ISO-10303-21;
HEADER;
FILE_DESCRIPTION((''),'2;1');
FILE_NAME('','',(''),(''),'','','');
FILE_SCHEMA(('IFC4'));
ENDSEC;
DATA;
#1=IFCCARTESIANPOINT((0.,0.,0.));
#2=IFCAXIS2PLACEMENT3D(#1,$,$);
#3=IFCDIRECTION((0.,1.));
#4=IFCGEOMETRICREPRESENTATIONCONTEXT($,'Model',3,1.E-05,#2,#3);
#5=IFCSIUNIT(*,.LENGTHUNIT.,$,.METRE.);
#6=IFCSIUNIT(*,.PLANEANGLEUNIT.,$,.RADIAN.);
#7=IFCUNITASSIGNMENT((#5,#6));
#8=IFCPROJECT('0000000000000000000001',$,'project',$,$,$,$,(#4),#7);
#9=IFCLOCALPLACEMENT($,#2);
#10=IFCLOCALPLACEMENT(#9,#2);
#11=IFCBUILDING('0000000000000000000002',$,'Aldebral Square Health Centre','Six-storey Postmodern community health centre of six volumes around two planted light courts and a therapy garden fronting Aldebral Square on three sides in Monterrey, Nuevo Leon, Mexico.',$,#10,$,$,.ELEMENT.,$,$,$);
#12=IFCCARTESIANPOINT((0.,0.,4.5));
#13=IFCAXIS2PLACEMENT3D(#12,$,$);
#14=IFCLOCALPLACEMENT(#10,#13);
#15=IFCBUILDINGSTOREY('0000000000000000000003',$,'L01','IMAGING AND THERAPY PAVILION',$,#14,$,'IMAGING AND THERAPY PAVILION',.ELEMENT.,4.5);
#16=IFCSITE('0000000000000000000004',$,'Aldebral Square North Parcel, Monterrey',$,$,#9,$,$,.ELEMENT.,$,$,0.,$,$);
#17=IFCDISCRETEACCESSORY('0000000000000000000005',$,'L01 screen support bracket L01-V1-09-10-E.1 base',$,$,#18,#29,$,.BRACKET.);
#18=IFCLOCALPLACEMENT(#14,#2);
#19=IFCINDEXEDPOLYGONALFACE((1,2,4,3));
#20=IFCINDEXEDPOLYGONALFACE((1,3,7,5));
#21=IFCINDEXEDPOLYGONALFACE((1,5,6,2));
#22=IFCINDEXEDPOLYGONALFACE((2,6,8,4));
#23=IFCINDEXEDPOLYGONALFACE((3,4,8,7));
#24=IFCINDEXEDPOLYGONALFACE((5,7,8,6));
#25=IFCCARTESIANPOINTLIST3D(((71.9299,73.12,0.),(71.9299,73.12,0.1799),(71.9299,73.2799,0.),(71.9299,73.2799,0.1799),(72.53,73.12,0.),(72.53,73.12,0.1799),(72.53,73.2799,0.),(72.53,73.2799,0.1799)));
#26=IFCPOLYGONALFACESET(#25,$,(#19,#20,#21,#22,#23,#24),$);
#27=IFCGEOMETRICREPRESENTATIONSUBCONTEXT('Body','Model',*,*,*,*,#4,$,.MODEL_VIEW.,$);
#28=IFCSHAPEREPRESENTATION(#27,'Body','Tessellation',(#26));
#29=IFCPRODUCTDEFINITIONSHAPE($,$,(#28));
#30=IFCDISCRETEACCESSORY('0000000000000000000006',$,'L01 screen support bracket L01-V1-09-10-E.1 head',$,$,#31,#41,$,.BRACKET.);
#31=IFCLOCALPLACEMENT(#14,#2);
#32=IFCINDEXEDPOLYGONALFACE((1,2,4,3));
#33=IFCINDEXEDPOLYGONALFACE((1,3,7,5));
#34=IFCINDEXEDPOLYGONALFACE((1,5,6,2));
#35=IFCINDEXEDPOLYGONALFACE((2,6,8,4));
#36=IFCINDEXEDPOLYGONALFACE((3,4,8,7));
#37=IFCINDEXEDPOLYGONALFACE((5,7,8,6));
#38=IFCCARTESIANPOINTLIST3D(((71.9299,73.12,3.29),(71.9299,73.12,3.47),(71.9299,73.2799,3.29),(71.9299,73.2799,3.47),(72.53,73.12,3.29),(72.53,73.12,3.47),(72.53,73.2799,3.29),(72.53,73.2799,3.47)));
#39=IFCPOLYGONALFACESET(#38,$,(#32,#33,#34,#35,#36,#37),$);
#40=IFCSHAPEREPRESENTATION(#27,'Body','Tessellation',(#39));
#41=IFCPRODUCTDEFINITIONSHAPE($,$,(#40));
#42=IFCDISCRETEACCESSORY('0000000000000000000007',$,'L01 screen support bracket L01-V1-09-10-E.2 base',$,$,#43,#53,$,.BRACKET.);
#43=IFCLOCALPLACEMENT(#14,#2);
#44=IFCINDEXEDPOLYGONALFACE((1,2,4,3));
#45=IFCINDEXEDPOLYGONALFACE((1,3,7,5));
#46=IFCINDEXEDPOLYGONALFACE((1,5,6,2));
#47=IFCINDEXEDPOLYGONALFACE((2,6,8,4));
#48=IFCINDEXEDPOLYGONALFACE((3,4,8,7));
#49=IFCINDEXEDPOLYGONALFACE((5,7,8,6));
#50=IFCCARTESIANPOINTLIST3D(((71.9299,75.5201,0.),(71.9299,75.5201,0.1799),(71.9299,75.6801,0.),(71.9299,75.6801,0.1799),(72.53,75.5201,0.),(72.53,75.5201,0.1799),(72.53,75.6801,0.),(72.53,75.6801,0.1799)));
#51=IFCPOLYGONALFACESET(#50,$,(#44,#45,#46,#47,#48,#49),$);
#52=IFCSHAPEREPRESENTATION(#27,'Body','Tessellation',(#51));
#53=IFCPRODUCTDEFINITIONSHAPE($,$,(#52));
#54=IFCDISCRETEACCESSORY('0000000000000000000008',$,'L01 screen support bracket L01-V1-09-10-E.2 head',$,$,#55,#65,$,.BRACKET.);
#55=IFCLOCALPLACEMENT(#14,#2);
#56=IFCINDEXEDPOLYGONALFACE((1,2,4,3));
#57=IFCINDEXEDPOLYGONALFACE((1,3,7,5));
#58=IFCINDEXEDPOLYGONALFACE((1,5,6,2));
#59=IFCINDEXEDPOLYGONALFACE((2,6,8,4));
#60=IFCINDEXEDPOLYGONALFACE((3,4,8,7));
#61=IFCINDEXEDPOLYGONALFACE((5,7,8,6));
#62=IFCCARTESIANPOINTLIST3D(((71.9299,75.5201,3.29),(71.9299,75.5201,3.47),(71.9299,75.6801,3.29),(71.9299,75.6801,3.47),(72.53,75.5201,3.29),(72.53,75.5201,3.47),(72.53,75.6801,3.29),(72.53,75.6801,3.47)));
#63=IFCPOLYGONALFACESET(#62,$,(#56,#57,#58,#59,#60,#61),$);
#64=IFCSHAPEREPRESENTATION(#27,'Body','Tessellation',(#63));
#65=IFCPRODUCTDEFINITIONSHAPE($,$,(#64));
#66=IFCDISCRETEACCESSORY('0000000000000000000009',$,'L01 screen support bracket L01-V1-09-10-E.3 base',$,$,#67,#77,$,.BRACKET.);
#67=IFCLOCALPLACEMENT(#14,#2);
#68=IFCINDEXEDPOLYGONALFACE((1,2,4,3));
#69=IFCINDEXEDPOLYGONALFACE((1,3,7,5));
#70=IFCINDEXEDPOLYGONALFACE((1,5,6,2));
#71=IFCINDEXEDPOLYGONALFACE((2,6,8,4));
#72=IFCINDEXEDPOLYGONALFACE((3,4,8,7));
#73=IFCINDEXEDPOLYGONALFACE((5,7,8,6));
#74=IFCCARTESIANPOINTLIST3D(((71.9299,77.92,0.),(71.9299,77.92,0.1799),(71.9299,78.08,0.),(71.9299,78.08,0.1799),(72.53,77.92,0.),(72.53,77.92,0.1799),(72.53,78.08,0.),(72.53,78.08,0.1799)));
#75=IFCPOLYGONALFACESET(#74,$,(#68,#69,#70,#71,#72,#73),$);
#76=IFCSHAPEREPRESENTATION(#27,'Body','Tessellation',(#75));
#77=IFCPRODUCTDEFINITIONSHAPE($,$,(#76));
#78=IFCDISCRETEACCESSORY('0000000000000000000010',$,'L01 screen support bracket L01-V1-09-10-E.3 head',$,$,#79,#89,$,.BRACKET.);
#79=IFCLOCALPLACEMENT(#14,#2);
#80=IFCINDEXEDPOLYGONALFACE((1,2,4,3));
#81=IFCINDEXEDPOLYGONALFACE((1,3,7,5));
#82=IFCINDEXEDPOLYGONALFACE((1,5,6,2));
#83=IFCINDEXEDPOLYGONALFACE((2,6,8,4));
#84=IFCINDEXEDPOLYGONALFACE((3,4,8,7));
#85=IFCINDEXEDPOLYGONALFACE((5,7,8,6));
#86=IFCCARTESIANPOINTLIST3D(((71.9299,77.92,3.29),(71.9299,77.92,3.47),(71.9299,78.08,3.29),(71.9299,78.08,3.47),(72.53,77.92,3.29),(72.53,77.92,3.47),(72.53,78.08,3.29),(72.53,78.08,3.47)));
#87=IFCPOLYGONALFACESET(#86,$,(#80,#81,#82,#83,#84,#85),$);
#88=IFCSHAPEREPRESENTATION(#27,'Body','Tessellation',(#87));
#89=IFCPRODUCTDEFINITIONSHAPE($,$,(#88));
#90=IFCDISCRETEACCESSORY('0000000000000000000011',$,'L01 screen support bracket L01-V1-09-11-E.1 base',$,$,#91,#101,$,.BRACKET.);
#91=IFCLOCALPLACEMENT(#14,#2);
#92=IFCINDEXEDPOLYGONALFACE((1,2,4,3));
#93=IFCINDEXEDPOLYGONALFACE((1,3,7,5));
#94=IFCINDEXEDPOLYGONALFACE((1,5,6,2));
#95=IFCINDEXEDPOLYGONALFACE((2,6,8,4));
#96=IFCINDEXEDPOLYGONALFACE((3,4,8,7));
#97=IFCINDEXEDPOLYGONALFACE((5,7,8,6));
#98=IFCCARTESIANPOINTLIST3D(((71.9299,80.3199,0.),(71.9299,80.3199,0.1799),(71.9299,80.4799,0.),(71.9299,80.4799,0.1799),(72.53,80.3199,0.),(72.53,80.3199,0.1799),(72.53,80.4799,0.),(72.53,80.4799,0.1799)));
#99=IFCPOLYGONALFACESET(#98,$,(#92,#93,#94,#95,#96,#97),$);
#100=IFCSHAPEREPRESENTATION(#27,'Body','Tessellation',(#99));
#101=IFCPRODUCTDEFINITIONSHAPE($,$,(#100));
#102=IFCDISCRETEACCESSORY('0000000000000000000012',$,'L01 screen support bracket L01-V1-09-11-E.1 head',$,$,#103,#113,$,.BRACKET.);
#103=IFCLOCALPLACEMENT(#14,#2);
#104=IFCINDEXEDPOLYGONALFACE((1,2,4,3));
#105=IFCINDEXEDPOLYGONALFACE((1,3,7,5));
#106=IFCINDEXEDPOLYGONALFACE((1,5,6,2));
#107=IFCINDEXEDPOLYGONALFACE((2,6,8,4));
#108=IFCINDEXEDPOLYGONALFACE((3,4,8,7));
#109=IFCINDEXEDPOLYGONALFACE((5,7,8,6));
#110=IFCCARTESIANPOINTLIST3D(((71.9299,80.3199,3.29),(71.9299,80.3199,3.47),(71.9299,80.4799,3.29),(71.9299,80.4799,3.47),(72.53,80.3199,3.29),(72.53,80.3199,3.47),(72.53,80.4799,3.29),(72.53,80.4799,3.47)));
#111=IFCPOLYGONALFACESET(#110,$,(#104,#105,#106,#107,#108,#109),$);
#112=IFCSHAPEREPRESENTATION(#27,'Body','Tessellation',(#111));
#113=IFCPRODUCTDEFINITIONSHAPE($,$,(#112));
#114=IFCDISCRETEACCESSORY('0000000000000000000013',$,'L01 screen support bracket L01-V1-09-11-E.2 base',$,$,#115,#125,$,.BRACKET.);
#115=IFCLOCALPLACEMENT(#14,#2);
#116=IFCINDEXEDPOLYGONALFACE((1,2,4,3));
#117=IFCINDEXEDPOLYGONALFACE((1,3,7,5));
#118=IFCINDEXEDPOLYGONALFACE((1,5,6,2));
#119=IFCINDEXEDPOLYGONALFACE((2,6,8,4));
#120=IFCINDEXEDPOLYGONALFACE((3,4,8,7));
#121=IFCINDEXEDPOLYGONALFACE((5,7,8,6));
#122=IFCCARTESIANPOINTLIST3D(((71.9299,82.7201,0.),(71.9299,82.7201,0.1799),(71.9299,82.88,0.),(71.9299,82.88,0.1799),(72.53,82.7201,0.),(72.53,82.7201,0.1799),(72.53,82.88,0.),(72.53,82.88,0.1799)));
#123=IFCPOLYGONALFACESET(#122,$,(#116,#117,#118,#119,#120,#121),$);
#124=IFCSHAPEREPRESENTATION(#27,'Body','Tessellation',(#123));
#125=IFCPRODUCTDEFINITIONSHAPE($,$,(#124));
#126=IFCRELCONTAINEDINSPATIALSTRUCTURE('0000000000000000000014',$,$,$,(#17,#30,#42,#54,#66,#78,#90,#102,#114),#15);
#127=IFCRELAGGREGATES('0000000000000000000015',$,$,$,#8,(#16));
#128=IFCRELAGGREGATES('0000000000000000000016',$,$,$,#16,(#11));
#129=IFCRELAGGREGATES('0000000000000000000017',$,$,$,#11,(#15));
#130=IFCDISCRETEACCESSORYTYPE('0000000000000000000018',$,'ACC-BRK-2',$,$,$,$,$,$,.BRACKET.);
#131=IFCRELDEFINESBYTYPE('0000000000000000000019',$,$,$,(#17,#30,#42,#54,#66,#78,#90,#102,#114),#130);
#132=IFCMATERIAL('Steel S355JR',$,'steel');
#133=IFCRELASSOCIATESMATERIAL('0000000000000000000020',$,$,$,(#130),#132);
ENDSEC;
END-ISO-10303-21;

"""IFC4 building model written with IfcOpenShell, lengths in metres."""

from ifc_helpers import new_model, si_unit, direction, frame, origin, origin_2d, place, context, subcontext, project, spatial, rectangle, extrude, material, type_object, element, save


model = new_model("IFC4")

# Units and contexts
model_context = context("Model", 3, precision=1e-05, world=origin(), true_north=direction((0.0, 1.0)))
body_context = subcontext(model_context, "Body", "Model", "MODEL_VIEW")
ifc_project = project(units=[si_unit("LENGTHUNIT", "METRE"), si_unit("PLANEANGLEUNIT", "RADIAN")], contexts=[model_context])

# Site, building, storey
site_placement = place(None, origin())
site = spatial("IfcSite", under=ifc_project, at=site_placement, Name="Aldebral Square North Parcel, Monterrey", CompositionType="ELEMENT", RefElevation=0.0)
building_placement = place(site_placement, origin())
building = spatial("IfcBuilding", under=site, at=building_placement, Name="Aldebral Square Health Centre", Description="Six-storey Postmodern community health centre of six volumes around two planted light courts and a therapy garden fronting Aldebral Square on three sides in Monterrey, Nuevo Leon, Mexico.", CompositionType="ELEMENT")
storey_placement = place(building_placement, frame((0.0, 0.0, 4.5)))
storey = spatial("IfcBuildingStorey", under=building, at=storey_placement, Name="L01", Description="IMAGING AND THERAPY PAVILION", LongName="IMAGING AND THERAPY PAVILION", CompositionType="ELEMENT", Elevation=4.5)

# Discrete accessories
ifc_material_1 = material(Name="Steel S355JR", Category="steel")
discrete_accessory_type = type_object("IfcDiscreteAccessoryType", Name="ACC-BRK-2", PredefinedType="BRACKET", material=ifc_material_1)
for number, where, z_axis, x_axis, name in (
    (1, (72.23, 73.2, 0.0), (0.0, 0.0, 1.0), (0.0, 1.0, 0.0), "L01 screen support bracket L01-V1-09-10-E.1 base"),
    (2, (72.23, 73.2, 3.29), (0.0, 0.0, 1.0), (0.0, 1.0, 0.0), "L01 screen support bracket L01-V1-09-10-E.1 head"),
    (3, (72.23, 75.6001, 0.0), (0.0, 0.0, 1.0), (0.0, 1.0, 0.0), "L01 screen support bracket L01-V1-09-10-E.2 base"),
    (4, (72.23, 75.6001, 3.29), (0.0, 0.0, 1.0), (0.0, 1.0, 0.0), "L01 screen support bracket L01-V1-09-10-E.2 head"),
    (5, (72.23, 78.0, 0.0), (0.0, 0.0, 1.0), (0.0, 1.0, 0.0), "L01 screen support bracket L01-V1-09-10-E.3 base"),
    (6, (72.23, 78.0, 3.29), (0.0, 0.0, 1.0), (0.0, 1.0, 0.0), "L01 screen support bracket L01-V1-09-10-E.3 head"),
    (7, (72.23, 80.3999, 0.0), (0.0, 0.0, 1.0), (0.0, 1.0, 0.0), "L01 screen support bracket L01-V1-09-11-E.1 base"),
    (8, (72.23, 80.3999, 3.29), (0.0, 0.0, 1.0), (0.0, 1.0, 0.0), "L01 screen support bracket L01-V1-09-11-E.1 head"),
    (9, (72.23, 82.8, 0.0), (0.0, 0.0, 1.0), (0.0, 1.0, 0.0), "L01 screen support bracket L01-V1-09-11-E.2 base"),
):
    element("IfcDiscreteAccessory", number, at=place(storey_placement, frame(where, z_axis=z_axis, x_axis=x_axis)), inside=storey, type_object=discrete_accessory_type, Name=name, PredefinedType="BRACKET", context=body_context, shape_type="SweptSolid", body=[
        extrude(rectangle(XDim=0.1599, YDim=0.6001, at=origin_2d()), origin(), (0.0, 0.0, 1.0), 0.1799),
    ])

save(model, "model.ifc")
